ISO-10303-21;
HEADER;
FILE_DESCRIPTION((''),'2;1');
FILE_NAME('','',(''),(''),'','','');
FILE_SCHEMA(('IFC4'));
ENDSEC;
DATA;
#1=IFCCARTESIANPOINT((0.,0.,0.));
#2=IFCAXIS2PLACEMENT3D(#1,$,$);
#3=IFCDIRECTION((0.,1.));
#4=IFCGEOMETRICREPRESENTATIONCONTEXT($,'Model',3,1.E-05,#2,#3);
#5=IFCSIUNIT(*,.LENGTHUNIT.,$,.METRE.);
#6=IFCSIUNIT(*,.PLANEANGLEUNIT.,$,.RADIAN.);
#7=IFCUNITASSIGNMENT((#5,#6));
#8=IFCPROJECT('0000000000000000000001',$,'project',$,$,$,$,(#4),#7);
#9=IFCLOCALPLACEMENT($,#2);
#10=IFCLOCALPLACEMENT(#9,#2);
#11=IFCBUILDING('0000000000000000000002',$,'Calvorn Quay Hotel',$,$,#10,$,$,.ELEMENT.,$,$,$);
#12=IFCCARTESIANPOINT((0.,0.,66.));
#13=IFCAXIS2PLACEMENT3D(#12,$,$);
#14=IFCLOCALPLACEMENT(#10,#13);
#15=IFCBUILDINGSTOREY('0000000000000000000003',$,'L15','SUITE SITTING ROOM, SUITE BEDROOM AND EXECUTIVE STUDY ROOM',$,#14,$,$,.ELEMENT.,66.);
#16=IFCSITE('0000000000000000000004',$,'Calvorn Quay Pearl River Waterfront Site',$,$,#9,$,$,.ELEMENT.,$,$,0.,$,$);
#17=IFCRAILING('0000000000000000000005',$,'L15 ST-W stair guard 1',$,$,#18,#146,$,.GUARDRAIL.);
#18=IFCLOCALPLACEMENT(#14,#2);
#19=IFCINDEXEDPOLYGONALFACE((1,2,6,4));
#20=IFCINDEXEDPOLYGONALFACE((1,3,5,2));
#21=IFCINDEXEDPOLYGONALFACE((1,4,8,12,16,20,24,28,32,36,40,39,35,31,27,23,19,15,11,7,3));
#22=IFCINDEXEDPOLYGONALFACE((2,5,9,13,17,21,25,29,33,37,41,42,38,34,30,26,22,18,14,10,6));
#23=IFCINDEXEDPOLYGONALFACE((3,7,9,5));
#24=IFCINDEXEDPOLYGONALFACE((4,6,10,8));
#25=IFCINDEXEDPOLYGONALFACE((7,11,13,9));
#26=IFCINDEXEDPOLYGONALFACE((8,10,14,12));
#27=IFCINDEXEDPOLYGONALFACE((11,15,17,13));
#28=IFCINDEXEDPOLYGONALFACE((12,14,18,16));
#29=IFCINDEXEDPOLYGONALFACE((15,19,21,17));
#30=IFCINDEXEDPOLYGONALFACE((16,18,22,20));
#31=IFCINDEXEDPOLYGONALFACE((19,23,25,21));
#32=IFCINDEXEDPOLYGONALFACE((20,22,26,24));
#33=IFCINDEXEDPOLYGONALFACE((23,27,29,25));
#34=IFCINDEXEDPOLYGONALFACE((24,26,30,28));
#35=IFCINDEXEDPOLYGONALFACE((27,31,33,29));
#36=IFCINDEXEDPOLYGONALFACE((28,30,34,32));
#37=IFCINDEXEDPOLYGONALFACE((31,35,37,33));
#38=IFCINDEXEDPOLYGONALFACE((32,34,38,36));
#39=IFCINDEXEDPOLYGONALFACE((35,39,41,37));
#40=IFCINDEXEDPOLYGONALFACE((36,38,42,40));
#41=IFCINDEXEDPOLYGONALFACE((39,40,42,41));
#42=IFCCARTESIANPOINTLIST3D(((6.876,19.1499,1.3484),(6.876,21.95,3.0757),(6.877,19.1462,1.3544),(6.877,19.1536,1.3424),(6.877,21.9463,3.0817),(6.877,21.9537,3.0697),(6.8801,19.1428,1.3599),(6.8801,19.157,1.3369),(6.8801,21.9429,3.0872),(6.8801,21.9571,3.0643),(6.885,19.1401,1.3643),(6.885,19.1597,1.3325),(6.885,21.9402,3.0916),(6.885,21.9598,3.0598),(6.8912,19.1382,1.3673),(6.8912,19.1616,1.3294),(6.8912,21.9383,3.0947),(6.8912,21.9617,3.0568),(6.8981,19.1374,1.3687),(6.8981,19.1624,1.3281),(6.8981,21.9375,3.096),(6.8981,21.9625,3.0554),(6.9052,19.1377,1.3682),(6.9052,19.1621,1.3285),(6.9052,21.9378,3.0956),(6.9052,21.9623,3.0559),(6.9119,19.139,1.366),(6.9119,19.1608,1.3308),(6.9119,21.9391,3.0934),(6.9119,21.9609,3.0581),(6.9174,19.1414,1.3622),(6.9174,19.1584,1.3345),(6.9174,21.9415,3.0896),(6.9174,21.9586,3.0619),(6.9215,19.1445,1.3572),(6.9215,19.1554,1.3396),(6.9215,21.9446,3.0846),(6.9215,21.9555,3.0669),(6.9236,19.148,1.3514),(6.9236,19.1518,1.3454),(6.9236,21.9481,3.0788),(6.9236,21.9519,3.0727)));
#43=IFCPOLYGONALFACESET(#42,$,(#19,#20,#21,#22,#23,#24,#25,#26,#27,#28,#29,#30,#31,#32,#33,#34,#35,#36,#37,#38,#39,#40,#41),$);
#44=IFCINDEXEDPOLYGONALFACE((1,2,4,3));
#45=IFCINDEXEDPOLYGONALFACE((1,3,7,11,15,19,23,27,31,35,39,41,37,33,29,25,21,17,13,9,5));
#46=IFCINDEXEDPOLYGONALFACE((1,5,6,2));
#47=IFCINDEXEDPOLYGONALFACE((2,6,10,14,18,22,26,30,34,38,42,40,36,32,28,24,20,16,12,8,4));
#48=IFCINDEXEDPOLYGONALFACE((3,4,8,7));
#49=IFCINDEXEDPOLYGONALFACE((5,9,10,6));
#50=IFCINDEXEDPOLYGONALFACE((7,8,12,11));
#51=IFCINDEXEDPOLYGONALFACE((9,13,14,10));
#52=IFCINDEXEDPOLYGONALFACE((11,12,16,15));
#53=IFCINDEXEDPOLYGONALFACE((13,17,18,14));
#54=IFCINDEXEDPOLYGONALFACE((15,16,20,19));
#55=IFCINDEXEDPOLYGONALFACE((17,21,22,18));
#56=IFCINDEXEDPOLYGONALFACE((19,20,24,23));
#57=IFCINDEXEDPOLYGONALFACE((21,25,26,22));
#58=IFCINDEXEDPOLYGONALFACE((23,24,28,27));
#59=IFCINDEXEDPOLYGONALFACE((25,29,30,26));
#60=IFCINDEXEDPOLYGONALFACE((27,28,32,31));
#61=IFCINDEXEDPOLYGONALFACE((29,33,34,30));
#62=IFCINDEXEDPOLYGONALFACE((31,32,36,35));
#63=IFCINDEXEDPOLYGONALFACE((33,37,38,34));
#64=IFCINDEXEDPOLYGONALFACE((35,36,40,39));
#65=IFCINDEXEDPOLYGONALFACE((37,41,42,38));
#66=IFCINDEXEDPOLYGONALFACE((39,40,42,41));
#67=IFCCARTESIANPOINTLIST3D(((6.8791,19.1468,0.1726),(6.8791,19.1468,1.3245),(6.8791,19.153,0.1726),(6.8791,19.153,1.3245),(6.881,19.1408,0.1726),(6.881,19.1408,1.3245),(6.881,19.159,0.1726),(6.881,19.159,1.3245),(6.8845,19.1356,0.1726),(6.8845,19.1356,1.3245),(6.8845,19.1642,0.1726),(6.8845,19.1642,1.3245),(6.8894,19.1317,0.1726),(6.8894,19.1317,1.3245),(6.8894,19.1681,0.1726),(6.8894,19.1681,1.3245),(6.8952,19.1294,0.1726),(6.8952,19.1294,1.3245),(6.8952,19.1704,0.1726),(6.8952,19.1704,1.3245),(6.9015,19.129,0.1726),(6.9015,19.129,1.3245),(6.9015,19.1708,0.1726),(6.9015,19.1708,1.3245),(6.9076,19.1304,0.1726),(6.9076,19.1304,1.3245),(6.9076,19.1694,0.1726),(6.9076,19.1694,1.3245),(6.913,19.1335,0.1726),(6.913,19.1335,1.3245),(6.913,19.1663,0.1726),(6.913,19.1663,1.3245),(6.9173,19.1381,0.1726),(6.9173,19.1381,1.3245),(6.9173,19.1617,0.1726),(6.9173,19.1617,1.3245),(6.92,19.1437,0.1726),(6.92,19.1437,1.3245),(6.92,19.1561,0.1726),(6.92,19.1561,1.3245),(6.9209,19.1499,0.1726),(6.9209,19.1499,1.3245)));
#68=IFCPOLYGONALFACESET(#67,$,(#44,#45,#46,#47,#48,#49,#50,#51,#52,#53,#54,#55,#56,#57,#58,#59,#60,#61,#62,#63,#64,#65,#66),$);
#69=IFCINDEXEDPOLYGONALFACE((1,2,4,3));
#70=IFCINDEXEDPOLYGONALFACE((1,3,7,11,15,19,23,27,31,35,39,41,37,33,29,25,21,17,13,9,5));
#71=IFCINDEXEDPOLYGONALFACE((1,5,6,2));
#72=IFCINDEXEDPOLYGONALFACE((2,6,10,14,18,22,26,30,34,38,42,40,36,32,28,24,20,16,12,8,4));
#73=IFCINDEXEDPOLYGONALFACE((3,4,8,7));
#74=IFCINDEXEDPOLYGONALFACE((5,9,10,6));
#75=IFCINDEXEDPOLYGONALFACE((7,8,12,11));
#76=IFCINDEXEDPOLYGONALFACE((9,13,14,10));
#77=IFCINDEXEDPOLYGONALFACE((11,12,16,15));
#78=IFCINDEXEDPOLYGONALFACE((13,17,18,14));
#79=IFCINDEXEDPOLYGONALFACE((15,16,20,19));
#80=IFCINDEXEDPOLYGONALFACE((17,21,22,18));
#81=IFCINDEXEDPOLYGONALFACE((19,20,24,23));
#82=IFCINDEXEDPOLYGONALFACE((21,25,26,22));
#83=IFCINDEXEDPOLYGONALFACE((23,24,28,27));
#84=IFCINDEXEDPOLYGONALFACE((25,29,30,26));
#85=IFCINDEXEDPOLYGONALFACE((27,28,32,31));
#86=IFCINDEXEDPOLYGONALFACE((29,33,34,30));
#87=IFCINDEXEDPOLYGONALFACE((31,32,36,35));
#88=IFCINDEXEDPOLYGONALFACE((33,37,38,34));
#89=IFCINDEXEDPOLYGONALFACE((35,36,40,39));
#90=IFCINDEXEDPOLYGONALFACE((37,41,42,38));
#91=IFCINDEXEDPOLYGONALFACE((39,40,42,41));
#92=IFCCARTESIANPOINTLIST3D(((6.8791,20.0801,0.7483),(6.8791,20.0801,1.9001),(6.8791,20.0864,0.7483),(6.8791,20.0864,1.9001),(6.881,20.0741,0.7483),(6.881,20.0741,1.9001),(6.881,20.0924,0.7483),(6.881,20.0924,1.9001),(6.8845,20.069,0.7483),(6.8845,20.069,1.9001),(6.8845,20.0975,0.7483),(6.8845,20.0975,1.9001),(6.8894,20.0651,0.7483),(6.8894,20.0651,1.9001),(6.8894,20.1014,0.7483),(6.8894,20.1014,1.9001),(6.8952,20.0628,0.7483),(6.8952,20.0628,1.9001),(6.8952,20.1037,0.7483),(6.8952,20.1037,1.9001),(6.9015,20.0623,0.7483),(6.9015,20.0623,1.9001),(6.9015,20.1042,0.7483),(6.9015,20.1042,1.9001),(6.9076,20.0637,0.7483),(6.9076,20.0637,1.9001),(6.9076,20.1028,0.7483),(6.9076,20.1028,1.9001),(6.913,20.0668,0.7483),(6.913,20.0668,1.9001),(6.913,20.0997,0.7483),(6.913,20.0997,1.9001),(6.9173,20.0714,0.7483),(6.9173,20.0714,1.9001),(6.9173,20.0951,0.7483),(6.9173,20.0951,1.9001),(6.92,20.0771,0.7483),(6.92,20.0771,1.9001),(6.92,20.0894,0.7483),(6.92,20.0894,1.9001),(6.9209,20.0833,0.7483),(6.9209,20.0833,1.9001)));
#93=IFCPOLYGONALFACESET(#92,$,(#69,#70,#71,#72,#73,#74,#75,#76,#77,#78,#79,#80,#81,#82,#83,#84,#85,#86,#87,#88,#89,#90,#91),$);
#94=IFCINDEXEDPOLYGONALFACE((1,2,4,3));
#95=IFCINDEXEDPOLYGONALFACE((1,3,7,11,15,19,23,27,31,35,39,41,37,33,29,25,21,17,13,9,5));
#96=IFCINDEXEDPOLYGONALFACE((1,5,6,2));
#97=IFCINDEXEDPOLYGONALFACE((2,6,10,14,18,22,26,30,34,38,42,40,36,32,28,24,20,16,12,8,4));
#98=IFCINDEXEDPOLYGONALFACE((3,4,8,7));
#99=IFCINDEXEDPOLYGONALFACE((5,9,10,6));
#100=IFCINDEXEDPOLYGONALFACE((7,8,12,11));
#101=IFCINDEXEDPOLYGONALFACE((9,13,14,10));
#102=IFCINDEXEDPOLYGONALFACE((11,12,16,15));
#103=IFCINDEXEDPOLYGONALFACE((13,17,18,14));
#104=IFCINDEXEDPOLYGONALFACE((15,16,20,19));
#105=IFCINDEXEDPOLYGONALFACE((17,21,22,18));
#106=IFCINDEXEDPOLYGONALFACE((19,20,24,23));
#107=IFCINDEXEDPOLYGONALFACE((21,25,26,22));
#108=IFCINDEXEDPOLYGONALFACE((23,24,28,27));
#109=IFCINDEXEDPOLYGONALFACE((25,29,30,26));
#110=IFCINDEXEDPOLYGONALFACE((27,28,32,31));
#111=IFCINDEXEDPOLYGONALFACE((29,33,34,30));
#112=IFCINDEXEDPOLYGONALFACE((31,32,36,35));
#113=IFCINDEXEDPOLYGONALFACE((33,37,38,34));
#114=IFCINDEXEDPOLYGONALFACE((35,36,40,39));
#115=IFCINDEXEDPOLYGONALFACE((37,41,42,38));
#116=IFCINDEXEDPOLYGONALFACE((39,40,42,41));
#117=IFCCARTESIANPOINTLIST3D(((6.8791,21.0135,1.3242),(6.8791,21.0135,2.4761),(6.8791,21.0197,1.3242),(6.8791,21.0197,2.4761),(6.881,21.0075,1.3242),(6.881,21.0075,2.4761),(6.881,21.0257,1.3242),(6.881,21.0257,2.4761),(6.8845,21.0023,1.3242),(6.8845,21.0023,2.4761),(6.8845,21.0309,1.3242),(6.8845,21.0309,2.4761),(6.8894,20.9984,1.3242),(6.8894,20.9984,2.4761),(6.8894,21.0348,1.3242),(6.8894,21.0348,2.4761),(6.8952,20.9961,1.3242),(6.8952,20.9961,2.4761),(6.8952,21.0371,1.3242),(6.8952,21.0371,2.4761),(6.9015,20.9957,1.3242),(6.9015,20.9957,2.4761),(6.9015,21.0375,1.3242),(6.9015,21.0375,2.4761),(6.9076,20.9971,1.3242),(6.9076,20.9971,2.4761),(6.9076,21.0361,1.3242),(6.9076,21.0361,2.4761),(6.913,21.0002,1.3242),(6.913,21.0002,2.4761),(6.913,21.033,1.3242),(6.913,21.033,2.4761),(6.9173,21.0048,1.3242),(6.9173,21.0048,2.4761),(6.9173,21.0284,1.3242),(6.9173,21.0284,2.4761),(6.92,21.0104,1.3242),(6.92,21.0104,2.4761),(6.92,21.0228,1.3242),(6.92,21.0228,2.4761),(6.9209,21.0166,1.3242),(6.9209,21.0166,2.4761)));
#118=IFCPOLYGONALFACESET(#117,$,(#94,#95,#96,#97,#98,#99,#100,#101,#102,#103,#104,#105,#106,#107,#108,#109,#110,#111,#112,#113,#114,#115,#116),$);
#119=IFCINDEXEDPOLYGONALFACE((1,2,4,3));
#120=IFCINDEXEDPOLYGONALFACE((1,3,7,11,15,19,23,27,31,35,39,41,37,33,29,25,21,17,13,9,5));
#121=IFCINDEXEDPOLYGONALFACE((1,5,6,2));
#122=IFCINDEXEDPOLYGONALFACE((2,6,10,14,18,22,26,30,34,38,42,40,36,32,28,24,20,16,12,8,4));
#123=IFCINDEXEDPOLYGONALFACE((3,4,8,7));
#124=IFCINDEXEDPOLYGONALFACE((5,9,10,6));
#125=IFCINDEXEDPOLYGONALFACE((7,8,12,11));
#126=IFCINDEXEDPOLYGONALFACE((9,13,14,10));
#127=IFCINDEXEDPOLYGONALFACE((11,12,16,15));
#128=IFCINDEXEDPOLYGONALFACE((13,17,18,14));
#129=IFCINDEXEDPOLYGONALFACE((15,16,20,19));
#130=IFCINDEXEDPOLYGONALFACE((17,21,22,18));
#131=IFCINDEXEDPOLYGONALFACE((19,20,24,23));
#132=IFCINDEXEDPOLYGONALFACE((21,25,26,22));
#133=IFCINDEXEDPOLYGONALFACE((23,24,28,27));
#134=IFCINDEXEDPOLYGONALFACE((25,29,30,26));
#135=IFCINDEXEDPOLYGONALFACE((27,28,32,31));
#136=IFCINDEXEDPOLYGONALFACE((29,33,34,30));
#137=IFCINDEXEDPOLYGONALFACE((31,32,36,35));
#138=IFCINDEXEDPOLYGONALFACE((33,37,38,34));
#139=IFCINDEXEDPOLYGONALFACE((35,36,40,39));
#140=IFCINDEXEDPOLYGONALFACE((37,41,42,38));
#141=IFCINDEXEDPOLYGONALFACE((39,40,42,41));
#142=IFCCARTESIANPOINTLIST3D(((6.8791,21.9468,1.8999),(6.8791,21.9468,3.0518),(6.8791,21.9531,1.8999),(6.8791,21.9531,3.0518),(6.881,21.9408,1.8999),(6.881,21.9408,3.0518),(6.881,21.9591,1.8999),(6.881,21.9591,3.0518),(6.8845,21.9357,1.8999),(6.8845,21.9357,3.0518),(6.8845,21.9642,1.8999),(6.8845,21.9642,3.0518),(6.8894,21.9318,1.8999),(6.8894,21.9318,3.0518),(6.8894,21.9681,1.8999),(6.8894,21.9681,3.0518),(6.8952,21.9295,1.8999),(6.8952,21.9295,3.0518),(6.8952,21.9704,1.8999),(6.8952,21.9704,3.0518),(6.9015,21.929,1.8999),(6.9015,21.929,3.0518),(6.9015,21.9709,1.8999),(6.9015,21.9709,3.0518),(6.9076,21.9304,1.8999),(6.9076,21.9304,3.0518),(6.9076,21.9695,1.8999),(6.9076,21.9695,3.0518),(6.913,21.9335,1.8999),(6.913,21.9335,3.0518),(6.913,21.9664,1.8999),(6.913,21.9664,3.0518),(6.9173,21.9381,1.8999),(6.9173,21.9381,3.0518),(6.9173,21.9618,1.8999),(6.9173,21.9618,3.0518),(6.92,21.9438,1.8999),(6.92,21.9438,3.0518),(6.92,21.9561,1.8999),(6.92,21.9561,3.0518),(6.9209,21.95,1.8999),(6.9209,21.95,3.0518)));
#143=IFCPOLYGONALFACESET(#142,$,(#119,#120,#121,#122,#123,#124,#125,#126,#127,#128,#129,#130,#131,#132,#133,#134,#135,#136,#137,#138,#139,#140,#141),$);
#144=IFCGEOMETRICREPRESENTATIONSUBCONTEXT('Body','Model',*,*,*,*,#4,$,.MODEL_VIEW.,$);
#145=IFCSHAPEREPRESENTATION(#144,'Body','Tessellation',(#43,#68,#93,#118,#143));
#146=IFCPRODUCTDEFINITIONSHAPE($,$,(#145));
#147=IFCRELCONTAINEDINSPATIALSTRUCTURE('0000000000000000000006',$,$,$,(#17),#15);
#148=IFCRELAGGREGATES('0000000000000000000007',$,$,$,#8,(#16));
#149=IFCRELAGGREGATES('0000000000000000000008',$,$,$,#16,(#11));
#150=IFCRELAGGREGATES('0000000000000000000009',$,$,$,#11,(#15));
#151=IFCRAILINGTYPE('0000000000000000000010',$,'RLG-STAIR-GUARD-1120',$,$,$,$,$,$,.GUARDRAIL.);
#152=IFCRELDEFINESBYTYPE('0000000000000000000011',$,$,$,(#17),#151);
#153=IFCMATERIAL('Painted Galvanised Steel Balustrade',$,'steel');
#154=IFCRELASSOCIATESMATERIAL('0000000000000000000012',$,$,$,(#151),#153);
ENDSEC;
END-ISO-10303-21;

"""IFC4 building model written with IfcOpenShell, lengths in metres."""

from ifc_helpers import new_model, si_unit, direction, frame, origin, origin_2d, place, context, subcontext, project, spatial, circle, extrude, material, type_object, element, save


model = new_model("IFC4")

# Units and contexts
model_context = context("Model", 3, precision=1e-05, world=origin(), true_north=direction((0.0, 1.0)))
body_context = subcontext(model_context, "Body", "Model", "MODEL_VIEW")
ifc_project = project(units=[si_unit("LENGTHUNIT", "METRE"), si_unit("PLANEANGLEUNIT", "RADIAN")], contexts=[model_context])

# Site, building, storey
site_placement = place(None, origin())
site = spatial("IfcSite", under=ifc_project, at=site_placement, Name="Calvorn Quay Pearl River Waterfront Site", CompositionType="ELEMENT", RefElevation=0.0)
building_placement = place(site_placement, origin())
building = spatial("IfcBuilding", under=site, at=building_placement, Name="Calvorn Quay Hotel", CompositionType="ELEMENT")
storey_placement = place(building_placement, frame((0.0, 0.0, 66.0)))
storey = spatial("IfcBuildingStorey", under=building, at=storey_placement, Name="L15", Description="SUITE SITTING ROOM, SUITE BEDROOM AND EXECUTIVE STUDY ROOM", CompositionType="ELEMENT", Elevation=66.0)

# Railing
ifc_material_1 = material(Name="Painted Galvanised Steel Balustrade", Category="steel")
railing_type_1 = type_object("IfcRailingType", Name="RLG-STAIR-GUARD-1120", PredefinedType="GUARDRAIL", material=ifc_material_1)
railing_1_placement = place(storey_placement, frame((6.8999, 19.1499, 0.1726)))
element("IfcRailing", 1, at=railing_1_placement, inside=storey, type_object=railing_type_1, Name="L15 ST-W stair guard 1", PredefinedType="GUARDRAIL", context=body_context, shape_type="SweptSolid", body=[
    extrude(circle(Radius=0.0239, at=origin_2d()), frame((0.0, 0.0, 1.1758), z_axis=(0.0, 0.85109, 0.52502), x_axis=(-1.0, 0.0, 0.0)), (0.0, 0.0, 1.0), 3.29),
    extrude(circle(Radius=0.021, at=origin_2d()), origin(), (0.0, 0.0, 1.0), 1.1519),
    extrude(circle(Radius=0.021, at=origin_2d()), frame((0.0, 0.9333, 0.5757)), (0.0, 0.0, 1.0), 1.1519),
    extrude(circle(Radius=0.021, at=origin_2d()), frame((0.0, 1.8667, 1.1516)), (0.0, 0.0, 1.0), 1.1519),
    extrude(circle(Radius=0.021, at=origin_2d()), frame((0.0, 2.8, 1.7273)), (0.0, 0.0, 1.0), 1.1519),
])

save(model, "model.ifc")
